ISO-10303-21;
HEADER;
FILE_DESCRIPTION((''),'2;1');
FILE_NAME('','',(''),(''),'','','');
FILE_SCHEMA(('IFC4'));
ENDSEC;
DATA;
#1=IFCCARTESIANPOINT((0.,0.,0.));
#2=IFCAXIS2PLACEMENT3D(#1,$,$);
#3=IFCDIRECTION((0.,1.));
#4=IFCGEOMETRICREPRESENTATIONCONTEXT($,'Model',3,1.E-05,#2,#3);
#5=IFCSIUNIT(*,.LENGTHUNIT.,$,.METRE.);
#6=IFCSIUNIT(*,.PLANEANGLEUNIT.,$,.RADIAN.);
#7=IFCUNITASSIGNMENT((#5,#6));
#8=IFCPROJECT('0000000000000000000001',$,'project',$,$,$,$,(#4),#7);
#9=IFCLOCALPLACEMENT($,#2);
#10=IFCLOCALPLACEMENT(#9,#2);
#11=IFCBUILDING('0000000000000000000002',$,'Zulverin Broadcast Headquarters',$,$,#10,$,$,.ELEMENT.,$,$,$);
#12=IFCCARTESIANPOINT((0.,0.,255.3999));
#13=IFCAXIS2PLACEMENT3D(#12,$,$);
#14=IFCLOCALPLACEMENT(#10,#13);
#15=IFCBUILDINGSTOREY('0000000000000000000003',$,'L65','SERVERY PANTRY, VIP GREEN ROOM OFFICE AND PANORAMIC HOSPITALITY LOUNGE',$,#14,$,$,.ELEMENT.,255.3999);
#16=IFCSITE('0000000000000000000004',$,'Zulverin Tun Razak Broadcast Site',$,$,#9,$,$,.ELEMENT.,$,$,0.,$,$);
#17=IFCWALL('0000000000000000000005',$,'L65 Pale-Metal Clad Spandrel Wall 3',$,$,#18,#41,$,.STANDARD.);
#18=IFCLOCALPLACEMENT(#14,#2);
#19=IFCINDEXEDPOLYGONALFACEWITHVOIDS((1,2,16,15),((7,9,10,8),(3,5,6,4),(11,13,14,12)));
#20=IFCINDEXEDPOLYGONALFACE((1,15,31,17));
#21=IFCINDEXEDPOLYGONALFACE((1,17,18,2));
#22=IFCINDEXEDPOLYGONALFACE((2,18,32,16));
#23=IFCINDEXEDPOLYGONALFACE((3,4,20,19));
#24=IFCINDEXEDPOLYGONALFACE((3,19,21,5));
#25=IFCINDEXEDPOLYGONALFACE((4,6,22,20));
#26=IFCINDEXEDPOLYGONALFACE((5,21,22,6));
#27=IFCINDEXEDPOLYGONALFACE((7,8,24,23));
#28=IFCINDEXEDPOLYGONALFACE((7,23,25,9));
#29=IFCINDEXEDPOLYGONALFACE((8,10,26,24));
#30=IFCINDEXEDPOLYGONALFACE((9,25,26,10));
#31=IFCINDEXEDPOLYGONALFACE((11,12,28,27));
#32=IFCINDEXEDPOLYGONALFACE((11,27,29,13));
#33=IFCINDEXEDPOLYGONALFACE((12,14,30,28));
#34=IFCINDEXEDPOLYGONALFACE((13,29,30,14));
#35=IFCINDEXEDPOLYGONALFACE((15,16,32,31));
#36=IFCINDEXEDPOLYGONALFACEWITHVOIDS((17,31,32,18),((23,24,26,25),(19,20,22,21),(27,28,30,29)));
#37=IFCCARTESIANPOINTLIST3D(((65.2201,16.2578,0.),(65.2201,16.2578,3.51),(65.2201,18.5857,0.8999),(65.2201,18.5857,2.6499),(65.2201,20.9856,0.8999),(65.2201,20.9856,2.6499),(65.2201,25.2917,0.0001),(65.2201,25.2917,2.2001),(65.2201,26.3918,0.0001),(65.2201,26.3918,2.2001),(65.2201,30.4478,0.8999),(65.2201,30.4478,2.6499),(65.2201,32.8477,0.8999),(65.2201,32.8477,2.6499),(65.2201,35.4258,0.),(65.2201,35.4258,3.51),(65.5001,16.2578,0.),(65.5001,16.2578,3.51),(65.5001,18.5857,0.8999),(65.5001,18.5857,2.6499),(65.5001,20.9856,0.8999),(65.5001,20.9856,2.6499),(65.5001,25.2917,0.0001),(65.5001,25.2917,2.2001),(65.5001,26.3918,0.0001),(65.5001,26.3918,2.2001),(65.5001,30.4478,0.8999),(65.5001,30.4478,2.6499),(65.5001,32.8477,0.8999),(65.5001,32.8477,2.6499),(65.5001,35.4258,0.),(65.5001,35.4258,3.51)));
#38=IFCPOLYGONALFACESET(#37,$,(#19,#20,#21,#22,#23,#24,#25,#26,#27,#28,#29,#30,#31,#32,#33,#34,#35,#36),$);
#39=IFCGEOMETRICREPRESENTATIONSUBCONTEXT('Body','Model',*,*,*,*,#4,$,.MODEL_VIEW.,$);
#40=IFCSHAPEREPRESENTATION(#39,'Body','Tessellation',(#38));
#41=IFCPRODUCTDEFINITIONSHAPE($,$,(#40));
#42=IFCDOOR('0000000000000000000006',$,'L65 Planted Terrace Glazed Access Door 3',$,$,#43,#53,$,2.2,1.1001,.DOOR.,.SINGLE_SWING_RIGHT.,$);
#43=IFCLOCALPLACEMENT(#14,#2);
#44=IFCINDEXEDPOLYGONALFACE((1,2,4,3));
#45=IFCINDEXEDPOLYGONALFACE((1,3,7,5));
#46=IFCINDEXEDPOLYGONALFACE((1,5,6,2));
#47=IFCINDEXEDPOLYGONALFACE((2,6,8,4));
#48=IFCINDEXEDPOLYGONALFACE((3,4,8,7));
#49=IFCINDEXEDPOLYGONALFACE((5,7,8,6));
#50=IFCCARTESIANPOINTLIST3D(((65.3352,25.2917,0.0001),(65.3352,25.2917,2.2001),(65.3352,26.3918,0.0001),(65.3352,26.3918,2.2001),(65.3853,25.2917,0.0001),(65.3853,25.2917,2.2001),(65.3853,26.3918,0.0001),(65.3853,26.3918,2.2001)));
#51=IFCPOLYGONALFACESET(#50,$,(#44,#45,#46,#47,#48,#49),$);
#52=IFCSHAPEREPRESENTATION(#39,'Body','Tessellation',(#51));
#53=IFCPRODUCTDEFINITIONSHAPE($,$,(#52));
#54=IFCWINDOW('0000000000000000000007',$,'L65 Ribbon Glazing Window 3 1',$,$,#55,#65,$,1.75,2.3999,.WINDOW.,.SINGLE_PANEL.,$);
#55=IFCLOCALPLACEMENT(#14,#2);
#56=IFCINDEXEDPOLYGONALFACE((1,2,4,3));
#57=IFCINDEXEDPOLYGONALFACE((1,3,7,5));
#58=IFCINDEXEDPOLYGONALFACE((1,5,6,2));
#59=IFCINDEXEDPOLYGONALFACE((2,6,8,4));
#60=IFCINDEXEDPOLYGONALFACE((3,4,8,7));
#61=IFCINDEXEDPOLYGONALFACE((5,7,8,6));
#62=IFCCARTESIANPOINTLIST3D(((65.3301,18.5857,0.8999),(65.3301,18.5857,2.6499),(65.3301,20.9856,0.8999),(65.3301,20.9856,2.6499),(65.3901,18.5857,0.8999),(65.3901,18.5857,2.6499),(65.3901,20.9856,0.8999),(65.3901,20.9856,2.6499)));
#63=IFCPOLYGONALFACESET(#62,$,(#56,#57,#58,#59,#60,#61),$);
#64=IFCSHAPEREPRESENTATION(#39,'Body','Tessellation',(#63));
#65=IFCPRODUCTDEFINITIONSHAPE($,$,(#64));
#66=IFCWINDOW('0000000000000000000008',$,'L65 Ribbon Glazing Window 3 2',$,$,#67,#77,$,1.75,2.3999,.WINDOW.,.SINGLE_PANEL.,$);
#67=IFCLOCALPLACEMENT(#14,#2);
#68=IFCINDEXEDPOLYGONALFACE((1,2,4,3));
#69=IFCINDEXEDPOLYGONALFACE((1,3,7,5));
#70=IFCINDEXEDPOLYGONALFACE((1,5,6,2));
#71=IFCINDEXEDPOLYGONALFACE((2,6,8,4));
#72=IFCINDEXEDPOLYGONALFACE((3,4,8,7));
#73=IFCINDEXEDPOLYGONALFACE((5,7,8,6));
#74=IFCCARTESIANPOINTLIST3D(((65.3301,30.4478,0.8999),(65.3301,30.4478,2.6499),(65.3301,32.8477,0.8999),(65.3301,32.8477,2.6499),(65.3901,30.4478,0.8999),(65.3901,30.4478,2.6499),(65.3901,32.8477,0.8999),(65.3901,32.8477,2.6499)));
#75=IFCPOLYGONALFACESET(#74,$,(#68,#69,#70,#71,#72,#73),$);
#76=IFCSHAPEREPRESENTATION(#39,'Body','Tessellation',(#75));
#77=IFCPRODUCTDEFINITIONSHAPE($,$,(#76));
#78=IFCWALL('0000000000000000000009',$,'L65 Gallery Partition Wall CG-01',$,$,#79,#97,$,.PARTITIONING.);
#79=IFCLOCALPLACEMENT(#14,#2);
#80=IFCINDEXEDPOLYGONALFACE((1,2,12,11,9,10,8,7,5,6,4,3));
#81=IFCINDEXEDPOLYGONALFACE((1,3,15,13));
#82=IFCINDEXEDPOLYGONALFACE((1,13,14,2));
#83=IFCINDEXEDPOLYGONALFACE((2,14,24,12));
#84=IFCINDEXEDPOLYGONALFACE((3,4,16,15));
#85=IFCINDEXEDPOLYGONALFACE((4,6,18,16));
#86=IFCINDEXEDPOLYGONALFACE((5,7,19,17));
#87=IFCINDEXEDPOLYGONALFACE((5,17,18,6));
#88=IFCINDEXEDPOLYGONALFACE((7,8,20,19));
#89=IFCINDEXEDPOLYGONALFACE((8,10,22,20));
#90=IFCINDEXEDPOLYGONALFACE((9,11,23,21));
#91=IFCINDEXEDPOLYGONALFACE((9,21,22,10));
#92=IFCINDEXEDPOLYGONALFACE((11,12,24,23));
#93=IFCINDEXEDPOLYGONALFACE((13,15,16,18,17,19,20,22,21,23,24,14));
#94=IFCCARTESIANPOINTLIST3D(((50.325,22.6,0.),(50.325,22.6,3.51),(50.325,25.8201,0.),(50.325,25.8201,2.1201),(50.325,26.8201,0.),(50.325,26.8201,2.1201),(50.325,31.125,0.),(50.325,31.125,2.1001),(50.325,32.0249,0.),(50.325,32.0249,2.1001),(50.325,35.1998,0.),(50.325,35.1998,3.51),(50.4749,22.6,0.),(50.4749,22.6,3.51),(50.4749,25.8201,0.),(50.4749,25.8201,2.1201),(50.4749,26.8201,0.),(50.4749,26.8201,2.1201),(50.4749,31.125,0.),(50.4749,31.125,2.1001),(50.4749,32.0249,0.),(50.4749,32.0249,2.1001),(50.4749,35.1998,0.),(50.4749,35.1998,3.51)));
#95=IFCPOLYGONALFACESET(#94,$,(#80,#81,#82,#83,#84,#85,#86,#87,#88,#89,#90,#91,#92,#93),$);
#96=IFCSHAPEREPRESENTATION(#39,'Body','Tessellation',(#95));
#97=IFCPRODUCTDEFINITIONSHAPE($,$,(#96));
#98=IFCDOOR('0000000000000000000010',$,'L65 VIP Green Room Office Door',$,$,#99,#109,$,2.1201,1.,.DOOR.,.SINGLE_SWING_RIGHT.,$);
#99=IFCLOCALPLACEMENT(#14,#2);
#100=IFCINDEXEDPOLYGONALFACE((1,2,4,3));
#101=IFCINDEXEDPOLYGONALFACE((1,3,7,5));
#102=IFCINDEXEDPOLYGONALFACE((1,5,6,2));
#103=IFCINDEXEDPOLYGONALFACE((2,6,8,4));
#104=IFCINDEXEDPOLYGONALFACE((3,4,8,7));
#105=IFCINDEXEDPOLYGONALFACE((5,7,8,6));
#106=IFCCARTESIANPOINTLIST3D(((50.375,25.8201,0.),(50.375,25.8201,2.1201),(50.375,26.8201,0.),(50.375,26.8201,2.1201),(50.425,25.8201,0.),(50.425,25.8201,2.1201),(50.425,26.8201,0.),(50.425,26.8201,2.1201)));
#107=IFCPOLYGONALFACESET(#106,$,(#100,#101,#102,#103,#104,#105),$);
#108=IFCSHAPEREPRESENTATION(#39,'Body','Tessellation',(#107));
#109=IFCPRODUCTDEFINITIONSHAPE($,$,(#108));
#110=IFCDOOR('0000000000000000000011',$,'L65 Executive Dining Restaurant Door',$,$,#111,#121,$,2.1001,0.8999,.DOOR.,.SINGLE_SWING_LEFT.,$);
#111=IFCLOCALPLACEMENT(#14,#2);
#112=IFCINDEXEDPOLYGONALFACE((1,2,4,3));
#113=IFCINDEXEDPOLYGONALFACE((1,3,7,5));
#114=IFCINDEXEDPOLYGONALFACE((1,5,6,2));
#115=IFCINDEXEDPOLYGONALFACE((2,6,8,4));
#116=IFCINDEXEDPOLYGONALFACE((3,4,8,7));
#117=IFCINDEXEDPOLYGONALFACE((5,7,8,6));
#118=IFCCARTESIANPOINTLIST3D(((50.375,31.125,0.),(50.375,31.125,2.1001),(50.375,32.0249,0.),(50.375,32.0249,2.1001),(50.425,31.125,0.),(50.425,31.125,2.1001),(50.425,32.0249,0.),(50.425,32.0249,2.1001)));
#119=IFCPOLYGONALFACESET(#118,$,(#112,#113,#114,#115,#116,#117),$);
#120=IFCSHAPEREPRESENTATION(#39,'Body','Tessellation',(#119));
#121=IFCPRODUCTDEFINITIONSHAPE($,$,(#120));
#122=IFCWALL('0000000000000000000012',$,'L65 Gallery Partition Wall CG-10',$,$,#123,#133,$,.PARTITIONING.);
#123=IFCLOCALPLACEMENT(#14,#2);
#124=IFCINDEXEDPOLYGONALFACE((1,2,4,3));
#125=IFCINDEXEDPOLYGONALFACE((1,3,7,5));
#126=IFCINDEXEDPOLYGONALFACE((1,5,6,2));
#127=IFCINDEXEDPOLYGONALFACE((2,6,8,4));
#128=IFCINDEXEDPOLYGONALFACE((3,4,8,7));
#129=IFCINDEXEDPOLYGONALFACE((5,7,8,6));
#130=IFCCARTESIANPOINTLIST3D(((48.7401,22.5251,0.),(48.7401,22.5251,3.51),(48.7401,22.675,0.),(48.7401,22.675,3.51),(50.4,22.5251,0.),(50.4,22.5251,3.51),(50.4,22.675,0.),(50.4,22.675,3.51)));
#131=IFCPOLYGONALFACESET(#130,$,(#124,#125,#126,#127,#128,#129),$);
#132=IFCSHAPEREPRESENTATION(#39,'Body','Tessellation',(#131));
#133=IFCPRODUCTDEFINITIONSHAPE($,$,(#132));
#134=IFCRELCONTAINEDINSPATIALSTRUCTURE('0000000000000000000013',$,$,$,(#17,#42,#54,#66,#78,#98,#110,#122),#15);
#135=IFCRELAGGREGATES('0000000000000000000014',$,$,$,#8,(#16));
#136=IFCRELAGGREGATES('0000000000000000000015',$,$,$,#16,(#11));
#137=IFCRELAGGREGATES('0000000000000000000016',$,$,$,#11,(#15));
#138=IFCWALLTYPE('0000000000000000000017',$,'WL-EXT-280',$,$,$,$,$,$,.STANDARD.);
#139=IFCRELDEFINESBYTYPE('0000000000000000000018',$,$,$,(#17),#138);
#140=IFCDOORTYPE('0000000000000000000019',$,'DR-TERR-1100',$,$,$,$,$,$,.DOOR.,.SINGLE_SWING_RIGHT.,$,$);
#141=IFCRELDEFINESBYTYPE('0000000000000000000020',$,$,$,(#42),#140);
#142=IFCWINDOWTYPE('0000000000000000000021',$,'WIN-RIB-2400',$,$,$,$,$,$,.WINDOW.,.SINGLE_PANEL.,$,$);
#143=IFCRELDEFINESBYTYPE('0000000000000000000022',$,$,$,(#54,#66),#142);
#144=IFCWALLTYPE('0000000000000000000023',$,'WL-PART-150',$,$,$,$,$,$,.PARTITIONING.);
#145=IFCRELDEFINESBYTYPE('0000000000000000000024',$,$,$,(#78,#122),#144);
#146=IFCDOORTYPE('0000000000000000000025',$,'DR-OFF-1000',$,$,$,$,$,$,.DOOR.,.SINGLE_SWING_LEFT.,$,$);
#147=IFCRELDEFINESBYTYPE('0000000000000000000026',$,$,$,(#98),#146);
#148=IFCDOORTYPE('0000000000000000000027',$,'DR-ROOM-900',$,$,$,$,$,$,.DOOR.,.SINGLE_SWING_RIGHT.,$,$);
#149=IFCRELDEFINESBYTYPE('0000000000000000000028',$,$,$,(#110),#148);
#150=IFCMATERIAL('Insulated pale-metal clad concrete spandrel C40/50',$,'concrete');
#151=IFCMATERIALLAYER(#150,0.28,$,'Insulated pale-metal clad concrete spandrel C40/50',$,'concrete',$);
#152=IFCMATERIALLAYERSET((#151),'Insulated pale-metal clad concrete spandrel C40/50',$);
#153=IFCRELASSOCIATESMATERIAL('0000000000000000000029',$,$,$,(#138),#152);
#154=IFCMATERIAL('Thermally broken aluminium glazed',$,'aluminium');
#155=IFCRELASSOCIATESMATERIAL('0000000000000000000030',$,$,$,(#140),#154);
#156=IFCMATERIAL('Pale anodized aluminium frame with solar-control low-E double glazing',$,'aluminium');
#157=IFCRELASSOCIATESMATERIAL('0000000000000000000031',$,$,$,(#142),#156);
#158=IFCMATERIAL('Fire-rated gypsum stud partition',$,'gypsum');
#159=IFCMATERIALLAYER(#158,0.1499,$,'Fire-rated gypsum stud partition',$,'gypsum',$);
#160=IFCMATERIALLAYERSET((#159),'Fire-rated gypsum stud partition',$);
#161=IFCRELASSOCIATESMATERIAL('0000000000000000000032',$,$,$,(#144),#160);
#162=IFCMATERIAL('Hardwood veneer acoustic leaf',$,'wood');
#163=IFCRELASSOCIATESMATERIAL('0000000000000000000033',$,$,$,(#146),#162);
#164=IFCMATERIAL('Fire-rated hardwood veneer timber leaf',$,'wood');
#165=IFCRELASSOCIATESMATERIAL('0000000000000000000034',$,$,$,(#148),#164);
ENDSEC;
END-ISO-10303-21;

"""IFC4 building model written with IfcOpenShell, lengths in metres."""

from ifc_helpers import new_model, si_unit, direction, frame, frame_2d, origin, place, context, subcontext, project, spatial, rectangle, extrude, material, layer, layer_set, type_object, element, fill, save


model = new_model("IFC4")

# Units and contexts
model_context = context("Model", 3, precision=1e-05, world=origin(), true_north=direction((0.0, 1.0)))
body_context = subcontext(model_context, "Body", "Model", "MODEL_VIEW")
ifc_project = project(units=[si_unit("LENGTHUNIT", "METRE"), si_unit("PLANEANGLEUNIT", "RADIAN")], contexts=[model_context])

# Site, building, storey
site_placement = place(None, origin())
site = spatial("IfcSite", under=ifc_project, at=site_placement, Name="Zulverin Tun Razak Broadcast Site", CompositionType="ELEMENT", RefElevation=0.0)
building_placement = place(site_placement, origin())
building = spatial("IfcBuilding", under=site, at=building_placement, Name="Zulverin Broadcast Headquarters", CompositionType="ELEMENT")
storey_placement = place(building_placement, frame((0.0, 0.0, 255.3999)))
storey = spatial("IfcBuildingStorey", under=building, at=storey_placement, Name="L65", Description="SERVERY PANTRY, VIP GREEN ROOM OFFICE AND PANORAMIC HOSPITALITY LOUNGE", CompositionType="ELEMENT", Elevation=255.3999)

# Wall, openings, door, windows
ifc_material_1 = material(Name="Insulated pale-metal clad concrete spandrel C40/50", Category="concrete")
ifc_layer_1 = layer(ifc_material_1, 0.28, Name="Insulated pale-metal clad concrete spandrel C40/50", Category="concrete")
ifc_layer_set_1 = layer_set([ifc_layer_1], Name="Insulated pale-metal clad concrete spandrel C40/50")
wall_type_1 = type_object("IfcWallType", Name="WL-EXT-280", PredefinedType="STANDARD", material=ifc_layer_set_1)
wall_1_placement = place(storey_placement, frame((65.3601, 16.2578, 0.0), z_axis=(0.0, 0.0, 1.0), x_axis=(0.0, 1.0, 0.0)))
wall_1 = element("IfcWall", 1, at=wall_1_placement, inside=storey, type_object=wall_type_1, Name="L65 Pale-Metal Clad Spandrel Wall 3", PredefinedType="STANDARD", context=body_context, shape_type="SweptSolid", body=[
    extrude(rectangle(XDim=19.168, YDim=0.28, at=frame_2d((9.584, 0.0))), origin(), (0.0, 0.0, 1.0), 3.51),
])
opening_1_placement = place(wall_1_placement, frame((9.0339, 0.0, 0.0)))
opening_1 = element("IfcOpeningElement", 2, at=opening_1_placement, cuts=wall_1, PredefinedType="OPENING", context=body_context, shape_type="SweptSolid", body=[
    extrude(rectangle(XDim=1.1001, YDim=2.2, at=frame_2d((0.55, 1.1001))), frame((0.0, 0.1499, 0.0), z_axis=(0.0, -1.0, 0.0), x_axis=(1.0, 0.0, 0.0)), (0.0, 0.0, 1.0), 0.3),
])
opening_2_placement = place(wall_1_placement, frame((2.3279, 0.0, 0.8999)))
opening_2 = element("IfcOpeningElement", 3, at=opening_2_placement, cuts=wall_1, PredefinedType="OPENING", context=body_context, shape_type="SweptSolid", body=[
    extrude(rectangle(XDim=2.3999, YDim=1.75, at=frame_2d((1.2, 0.875))), frame((0.0, 0.1499, 0.0), z_axis=(0.0, -1.0, 0.0), x_axis=(1.0, 0.0, 0.0)), (0.0, 0.0, 1.0), 0.3),
])
opening_3_placement = place(wall_1_placement, frame((14.1899, 0.0, 0.8999)))
opening_3 = element("IfcOpeningElement", 4, at=opening_3_placement, cuts=wall_1, PredefinedType="OPENING", context=body_context, shape_type="SweptSolid", body=[
    extrude(rectangle(XDim=2.3999, YDim=1.75, at=frame_2d((1.2, 0.875))), frame((0.0, 0.1499, 0.0), z_axis=(0.0, -1.0, 0.0), x_axis=(1.0, 0.0, 0.0)), (0.0, 0.0, 1.0), 0.3),
])
ifc_material_2 = material(Name="Thermally broken aluminium glazed", Category="aluminium")
door_type_1 = type_object("IfcDoorType", Name="DR-TERR-1100", OperationType="SINGLE_SWING_RIGHT", PredefinedType="DOOR", material=ifc_material_2)
door_1_placement = place(opening_1_placement, origin())
door_1 = element("IfcDoor", 5, at=door_1_placement, inside=storey, type_object=door_type_1, Name="L65 Planted Terrace Glazed Access Door 3", OperationType="SINGLE_SWING_RIGHT", OverallHeight=2.2, OverallWidth=1.1001, PredefinedType="DOOR", context=body_context, shape_type="SweptSolid", body=[
    extrude(rectangle(XDim=1.1001, YDim=2.2, at=frame_2d((0.55, 1.1001))), frame((0.0, 0.0249, 0.0), z_axis=(0.0, -1.0, 0.0), x_axis=(1.0, 0.0, 0.0)), (0.0, 0.0, 1.0), 0.05),
])
fill(opening_1, door_1)
ifc_material_3 = material(Name="Pale anodized aluminium frame with solar-control low-E double glazing", Category="aluminium")
window_type = type_object("IfcWindowType", Name="WIN-RIB-2400", PartitioningType="SINGLE_PANEL", PredefinedType="WINDOW", material=ifc_material_3)
window_1_placement = place(opening_2_placement, origin())
window_1 = element("IfcWindow", 6, at=window_1_placement, inside=storey, type_object=window_type, Name="L65 Ribbon Glazing Window 3 1", OverallHeight=1.75, OverallWidth=2.3999, PartitioningType="SINGLE_PANEL", PredefinedType="WINDOW", context=body_context, shape_type="SweptSolid", body=[
    extrude(rectangle(XDim=2.3999, YDim=1.75, at=frame_2d((1.2, 0.875))), frame((0.0, 0.03, 0.0), z_axis=(0.0, -1.0, 0.0), x_axis=(1.0, 0.0, 0.0)), (0.0, 0.0, 1.0), 0.0601),
])
fill(opening_2, window_1)
window_2_placement = place(opening_3_placement, origin())
window_2 = element("IfcWindow", 7, at=window_2_placement, inside=storey, type_object=window_type, Name="L65 Ribbon Glazing Window 3 2", OverallHeight=1.75, OverallWidth=2.3999, PartitioningType="SINGLE_PANEL", PredefinedType="WINDOW", context=body_context, shape_type="SweptSolid", body=[
    extrude(rectangle(XDim=2.3999, YDim=1.75, at=frame_2d((1.2, 0.875))), frame((0.0, 0.03, 0.0), z_axis=(0.0, -1.0, 0.0), x_axis=(1.0, 0.0, 0.0)), (0.0, 0.0, 1.0), 0.0601),
])
fill(opening_3, window_2)

# Wall, openings, doors
ifc_material_4 = material(Name="Fire-rated gypsum stud partition", Category="gypsum")
ifc_layer_2 = layer(ifc_material_4, 0.1499, Name="Fire-rated gypsum stud partition", Category="gypsum")
ifc_layer_set_2 = layer_set([ifc_layer_2], Name="Fire-rated gypsum stud partition")
wall_type_2 = type_object("IfcWallType", Name="WL-PART-150", PredefinedType="PARTITIONING", material=ifc_layer_set_2)
wall_2_placement = place(storey_placement, frame((50.3999, 22.6001, 0.0), z_axis=(0.0, 0.0, 1.0), x_axis=(0.0, 1.0, 0.0)))
wall_2 = element("IfcWall", 8, at=wall_2_placement, inside=storey, type_object=wall_type_2, Name="L65 Gallery Partition Wall CG-01", PredefinedType="PARTITIONING", context=body_context, shape_type="SweptSolid", body=[
    extrude(rectangle(XDim=12.5999, YDim=0.1499, at=frame_2d((6.2998, 0.0))), origin(), (0.0, 0.0, 1.0), 3.51),
])
opening_4_placement = place(wall_2_placement, frame((3.22, 0.0, 0.0)))
opening_4 = element("IfcOpeningElement", 9, at=opening_4_placement, cuts=wall_2, PredefinedType="OPENING", context=body_context, shape_type="SweptSolid", body=[
    extrude(rectangle(XDim=1.0, YDim=2.1201, at=frame_2d((0.5, 1.0601))), frame((0.0, 0.085, 0.0), z_axis=(0.0, -1.0, 0.0), x_axis=(1.0, 0.0, 0.0)), (0.0, 0.0, 1.0), 0.1699),
])
opening_5_placement = place(wall_2_placement, frame((8.5249, 0.0, 0.0)))
opening_5 = element("IfcOpeningElement", 10, at=opening_5_placement, cuts=wall_2, PredefinedType="OPENING", context=body_context, shape_type="SweptSolid", body=[
    extrude(rectangle(XDim=0.8999, YDim=2.1001, at=frame_2d((0.45, 1.05))), frame((0.0, 0.085, 0.0), z_axis=(0.0, -1.0, 0.0), x_axis=(1.0, 0.0, 0.0)), (0.0, 0.0, 1.0), 0.1699),
])
ifc_material_5 = material(Name="Hardwood veneer acoustic leaf", Category="wood")
door_type_2 = type_object("IfcDoorType", Name="DR-OFF-1000", OperationType="SINGLE_SWING_LEFT", PredefinedType="DOOR", material=ifc_material_5)
door_2_placement = place(opening_4_placement, origin())
door_2 = element("IfcDoor", 11, at=door_2_placement, inside=storey, type_object=door_type_2, Name="L65 VIP Green Room Office Door", OperationType="SINGLE_SWING_RIGHT", OverallHeight=2.1201, OverallWidth=1.0, PredefinedType="DOOR", context=body_context, shape_type="SweptSolid", body=[
    extrude(rectangle(XDim=1.0, YDim=2.1201, at=frame_2d((0.5, 1.0601))), frame((0.0, 0.0249, 0.0), z_axis=(0.0, -1.0, 0.0), x_axis=(1.0, 0.0, 0.0)), (0.0, 0.0, 1.0), 0.05),
])
fill(opening_4, door_2)
ifc_material_6 = material(Name="Fire-rated hardwood veneer timber leaf", Category="wood")
door_type_3 = type_object("IfcDoorType", Name="DR-ROOM-900", OperationType="SINGLE_SWING_RIGHT", PredefinedType="DOOR", material=ifc_material_6)
door_3_placement = place(opening_5_placement, origin())
door_3 = element("IfcDoor", 12, at=door_3_placement, inside=storey, type_object=door_type_3, Name="L65 Executive Dining Restaurant Door", OperationType="SINGLE_SWING_LEFT", OverallHeight=2.1001, OverallWidth=0.8999, PredefinedType="DOOR", context=body_context, shape_type="SweptSolid", body=[
    extrude(rectangle(XDim=0.8999, YDim=2.1001, at=frame_2d((0.45, 1.05))), frame((0.0, 0.0249, 0.0), z_axis=(0.0, -1.0, 0.0), x_axis=(1.0, 0.0, 0.0)), (0.0, 0.0, 1.0), 0.05),
])
fill(opening_5, door_3)

# Wall
wall_3_placement = place(storey_placement, frame((48.74, 22.6001, 0.0), z_axis=(0.0, 0.0, 1.0), x_axis=(1.0, 0.0, 0.0)))
element("IfcWall", 13, at=wall_3_placement, inside=storey, type_object=wall_type_2, Name="L65 Gallery Partition Wall CG-10", PredefinedType="PARTITIONING", context=body_context, shape_type="SweptSolid", body=[
    extrude(rectangle(XDim=1.6599, YDim=0.1499, at=frame_2d((0.8301, 0.0))), origin(), (0.0, 0.0, 1.0), 3.51),
])

save(model, "model.ifc")
